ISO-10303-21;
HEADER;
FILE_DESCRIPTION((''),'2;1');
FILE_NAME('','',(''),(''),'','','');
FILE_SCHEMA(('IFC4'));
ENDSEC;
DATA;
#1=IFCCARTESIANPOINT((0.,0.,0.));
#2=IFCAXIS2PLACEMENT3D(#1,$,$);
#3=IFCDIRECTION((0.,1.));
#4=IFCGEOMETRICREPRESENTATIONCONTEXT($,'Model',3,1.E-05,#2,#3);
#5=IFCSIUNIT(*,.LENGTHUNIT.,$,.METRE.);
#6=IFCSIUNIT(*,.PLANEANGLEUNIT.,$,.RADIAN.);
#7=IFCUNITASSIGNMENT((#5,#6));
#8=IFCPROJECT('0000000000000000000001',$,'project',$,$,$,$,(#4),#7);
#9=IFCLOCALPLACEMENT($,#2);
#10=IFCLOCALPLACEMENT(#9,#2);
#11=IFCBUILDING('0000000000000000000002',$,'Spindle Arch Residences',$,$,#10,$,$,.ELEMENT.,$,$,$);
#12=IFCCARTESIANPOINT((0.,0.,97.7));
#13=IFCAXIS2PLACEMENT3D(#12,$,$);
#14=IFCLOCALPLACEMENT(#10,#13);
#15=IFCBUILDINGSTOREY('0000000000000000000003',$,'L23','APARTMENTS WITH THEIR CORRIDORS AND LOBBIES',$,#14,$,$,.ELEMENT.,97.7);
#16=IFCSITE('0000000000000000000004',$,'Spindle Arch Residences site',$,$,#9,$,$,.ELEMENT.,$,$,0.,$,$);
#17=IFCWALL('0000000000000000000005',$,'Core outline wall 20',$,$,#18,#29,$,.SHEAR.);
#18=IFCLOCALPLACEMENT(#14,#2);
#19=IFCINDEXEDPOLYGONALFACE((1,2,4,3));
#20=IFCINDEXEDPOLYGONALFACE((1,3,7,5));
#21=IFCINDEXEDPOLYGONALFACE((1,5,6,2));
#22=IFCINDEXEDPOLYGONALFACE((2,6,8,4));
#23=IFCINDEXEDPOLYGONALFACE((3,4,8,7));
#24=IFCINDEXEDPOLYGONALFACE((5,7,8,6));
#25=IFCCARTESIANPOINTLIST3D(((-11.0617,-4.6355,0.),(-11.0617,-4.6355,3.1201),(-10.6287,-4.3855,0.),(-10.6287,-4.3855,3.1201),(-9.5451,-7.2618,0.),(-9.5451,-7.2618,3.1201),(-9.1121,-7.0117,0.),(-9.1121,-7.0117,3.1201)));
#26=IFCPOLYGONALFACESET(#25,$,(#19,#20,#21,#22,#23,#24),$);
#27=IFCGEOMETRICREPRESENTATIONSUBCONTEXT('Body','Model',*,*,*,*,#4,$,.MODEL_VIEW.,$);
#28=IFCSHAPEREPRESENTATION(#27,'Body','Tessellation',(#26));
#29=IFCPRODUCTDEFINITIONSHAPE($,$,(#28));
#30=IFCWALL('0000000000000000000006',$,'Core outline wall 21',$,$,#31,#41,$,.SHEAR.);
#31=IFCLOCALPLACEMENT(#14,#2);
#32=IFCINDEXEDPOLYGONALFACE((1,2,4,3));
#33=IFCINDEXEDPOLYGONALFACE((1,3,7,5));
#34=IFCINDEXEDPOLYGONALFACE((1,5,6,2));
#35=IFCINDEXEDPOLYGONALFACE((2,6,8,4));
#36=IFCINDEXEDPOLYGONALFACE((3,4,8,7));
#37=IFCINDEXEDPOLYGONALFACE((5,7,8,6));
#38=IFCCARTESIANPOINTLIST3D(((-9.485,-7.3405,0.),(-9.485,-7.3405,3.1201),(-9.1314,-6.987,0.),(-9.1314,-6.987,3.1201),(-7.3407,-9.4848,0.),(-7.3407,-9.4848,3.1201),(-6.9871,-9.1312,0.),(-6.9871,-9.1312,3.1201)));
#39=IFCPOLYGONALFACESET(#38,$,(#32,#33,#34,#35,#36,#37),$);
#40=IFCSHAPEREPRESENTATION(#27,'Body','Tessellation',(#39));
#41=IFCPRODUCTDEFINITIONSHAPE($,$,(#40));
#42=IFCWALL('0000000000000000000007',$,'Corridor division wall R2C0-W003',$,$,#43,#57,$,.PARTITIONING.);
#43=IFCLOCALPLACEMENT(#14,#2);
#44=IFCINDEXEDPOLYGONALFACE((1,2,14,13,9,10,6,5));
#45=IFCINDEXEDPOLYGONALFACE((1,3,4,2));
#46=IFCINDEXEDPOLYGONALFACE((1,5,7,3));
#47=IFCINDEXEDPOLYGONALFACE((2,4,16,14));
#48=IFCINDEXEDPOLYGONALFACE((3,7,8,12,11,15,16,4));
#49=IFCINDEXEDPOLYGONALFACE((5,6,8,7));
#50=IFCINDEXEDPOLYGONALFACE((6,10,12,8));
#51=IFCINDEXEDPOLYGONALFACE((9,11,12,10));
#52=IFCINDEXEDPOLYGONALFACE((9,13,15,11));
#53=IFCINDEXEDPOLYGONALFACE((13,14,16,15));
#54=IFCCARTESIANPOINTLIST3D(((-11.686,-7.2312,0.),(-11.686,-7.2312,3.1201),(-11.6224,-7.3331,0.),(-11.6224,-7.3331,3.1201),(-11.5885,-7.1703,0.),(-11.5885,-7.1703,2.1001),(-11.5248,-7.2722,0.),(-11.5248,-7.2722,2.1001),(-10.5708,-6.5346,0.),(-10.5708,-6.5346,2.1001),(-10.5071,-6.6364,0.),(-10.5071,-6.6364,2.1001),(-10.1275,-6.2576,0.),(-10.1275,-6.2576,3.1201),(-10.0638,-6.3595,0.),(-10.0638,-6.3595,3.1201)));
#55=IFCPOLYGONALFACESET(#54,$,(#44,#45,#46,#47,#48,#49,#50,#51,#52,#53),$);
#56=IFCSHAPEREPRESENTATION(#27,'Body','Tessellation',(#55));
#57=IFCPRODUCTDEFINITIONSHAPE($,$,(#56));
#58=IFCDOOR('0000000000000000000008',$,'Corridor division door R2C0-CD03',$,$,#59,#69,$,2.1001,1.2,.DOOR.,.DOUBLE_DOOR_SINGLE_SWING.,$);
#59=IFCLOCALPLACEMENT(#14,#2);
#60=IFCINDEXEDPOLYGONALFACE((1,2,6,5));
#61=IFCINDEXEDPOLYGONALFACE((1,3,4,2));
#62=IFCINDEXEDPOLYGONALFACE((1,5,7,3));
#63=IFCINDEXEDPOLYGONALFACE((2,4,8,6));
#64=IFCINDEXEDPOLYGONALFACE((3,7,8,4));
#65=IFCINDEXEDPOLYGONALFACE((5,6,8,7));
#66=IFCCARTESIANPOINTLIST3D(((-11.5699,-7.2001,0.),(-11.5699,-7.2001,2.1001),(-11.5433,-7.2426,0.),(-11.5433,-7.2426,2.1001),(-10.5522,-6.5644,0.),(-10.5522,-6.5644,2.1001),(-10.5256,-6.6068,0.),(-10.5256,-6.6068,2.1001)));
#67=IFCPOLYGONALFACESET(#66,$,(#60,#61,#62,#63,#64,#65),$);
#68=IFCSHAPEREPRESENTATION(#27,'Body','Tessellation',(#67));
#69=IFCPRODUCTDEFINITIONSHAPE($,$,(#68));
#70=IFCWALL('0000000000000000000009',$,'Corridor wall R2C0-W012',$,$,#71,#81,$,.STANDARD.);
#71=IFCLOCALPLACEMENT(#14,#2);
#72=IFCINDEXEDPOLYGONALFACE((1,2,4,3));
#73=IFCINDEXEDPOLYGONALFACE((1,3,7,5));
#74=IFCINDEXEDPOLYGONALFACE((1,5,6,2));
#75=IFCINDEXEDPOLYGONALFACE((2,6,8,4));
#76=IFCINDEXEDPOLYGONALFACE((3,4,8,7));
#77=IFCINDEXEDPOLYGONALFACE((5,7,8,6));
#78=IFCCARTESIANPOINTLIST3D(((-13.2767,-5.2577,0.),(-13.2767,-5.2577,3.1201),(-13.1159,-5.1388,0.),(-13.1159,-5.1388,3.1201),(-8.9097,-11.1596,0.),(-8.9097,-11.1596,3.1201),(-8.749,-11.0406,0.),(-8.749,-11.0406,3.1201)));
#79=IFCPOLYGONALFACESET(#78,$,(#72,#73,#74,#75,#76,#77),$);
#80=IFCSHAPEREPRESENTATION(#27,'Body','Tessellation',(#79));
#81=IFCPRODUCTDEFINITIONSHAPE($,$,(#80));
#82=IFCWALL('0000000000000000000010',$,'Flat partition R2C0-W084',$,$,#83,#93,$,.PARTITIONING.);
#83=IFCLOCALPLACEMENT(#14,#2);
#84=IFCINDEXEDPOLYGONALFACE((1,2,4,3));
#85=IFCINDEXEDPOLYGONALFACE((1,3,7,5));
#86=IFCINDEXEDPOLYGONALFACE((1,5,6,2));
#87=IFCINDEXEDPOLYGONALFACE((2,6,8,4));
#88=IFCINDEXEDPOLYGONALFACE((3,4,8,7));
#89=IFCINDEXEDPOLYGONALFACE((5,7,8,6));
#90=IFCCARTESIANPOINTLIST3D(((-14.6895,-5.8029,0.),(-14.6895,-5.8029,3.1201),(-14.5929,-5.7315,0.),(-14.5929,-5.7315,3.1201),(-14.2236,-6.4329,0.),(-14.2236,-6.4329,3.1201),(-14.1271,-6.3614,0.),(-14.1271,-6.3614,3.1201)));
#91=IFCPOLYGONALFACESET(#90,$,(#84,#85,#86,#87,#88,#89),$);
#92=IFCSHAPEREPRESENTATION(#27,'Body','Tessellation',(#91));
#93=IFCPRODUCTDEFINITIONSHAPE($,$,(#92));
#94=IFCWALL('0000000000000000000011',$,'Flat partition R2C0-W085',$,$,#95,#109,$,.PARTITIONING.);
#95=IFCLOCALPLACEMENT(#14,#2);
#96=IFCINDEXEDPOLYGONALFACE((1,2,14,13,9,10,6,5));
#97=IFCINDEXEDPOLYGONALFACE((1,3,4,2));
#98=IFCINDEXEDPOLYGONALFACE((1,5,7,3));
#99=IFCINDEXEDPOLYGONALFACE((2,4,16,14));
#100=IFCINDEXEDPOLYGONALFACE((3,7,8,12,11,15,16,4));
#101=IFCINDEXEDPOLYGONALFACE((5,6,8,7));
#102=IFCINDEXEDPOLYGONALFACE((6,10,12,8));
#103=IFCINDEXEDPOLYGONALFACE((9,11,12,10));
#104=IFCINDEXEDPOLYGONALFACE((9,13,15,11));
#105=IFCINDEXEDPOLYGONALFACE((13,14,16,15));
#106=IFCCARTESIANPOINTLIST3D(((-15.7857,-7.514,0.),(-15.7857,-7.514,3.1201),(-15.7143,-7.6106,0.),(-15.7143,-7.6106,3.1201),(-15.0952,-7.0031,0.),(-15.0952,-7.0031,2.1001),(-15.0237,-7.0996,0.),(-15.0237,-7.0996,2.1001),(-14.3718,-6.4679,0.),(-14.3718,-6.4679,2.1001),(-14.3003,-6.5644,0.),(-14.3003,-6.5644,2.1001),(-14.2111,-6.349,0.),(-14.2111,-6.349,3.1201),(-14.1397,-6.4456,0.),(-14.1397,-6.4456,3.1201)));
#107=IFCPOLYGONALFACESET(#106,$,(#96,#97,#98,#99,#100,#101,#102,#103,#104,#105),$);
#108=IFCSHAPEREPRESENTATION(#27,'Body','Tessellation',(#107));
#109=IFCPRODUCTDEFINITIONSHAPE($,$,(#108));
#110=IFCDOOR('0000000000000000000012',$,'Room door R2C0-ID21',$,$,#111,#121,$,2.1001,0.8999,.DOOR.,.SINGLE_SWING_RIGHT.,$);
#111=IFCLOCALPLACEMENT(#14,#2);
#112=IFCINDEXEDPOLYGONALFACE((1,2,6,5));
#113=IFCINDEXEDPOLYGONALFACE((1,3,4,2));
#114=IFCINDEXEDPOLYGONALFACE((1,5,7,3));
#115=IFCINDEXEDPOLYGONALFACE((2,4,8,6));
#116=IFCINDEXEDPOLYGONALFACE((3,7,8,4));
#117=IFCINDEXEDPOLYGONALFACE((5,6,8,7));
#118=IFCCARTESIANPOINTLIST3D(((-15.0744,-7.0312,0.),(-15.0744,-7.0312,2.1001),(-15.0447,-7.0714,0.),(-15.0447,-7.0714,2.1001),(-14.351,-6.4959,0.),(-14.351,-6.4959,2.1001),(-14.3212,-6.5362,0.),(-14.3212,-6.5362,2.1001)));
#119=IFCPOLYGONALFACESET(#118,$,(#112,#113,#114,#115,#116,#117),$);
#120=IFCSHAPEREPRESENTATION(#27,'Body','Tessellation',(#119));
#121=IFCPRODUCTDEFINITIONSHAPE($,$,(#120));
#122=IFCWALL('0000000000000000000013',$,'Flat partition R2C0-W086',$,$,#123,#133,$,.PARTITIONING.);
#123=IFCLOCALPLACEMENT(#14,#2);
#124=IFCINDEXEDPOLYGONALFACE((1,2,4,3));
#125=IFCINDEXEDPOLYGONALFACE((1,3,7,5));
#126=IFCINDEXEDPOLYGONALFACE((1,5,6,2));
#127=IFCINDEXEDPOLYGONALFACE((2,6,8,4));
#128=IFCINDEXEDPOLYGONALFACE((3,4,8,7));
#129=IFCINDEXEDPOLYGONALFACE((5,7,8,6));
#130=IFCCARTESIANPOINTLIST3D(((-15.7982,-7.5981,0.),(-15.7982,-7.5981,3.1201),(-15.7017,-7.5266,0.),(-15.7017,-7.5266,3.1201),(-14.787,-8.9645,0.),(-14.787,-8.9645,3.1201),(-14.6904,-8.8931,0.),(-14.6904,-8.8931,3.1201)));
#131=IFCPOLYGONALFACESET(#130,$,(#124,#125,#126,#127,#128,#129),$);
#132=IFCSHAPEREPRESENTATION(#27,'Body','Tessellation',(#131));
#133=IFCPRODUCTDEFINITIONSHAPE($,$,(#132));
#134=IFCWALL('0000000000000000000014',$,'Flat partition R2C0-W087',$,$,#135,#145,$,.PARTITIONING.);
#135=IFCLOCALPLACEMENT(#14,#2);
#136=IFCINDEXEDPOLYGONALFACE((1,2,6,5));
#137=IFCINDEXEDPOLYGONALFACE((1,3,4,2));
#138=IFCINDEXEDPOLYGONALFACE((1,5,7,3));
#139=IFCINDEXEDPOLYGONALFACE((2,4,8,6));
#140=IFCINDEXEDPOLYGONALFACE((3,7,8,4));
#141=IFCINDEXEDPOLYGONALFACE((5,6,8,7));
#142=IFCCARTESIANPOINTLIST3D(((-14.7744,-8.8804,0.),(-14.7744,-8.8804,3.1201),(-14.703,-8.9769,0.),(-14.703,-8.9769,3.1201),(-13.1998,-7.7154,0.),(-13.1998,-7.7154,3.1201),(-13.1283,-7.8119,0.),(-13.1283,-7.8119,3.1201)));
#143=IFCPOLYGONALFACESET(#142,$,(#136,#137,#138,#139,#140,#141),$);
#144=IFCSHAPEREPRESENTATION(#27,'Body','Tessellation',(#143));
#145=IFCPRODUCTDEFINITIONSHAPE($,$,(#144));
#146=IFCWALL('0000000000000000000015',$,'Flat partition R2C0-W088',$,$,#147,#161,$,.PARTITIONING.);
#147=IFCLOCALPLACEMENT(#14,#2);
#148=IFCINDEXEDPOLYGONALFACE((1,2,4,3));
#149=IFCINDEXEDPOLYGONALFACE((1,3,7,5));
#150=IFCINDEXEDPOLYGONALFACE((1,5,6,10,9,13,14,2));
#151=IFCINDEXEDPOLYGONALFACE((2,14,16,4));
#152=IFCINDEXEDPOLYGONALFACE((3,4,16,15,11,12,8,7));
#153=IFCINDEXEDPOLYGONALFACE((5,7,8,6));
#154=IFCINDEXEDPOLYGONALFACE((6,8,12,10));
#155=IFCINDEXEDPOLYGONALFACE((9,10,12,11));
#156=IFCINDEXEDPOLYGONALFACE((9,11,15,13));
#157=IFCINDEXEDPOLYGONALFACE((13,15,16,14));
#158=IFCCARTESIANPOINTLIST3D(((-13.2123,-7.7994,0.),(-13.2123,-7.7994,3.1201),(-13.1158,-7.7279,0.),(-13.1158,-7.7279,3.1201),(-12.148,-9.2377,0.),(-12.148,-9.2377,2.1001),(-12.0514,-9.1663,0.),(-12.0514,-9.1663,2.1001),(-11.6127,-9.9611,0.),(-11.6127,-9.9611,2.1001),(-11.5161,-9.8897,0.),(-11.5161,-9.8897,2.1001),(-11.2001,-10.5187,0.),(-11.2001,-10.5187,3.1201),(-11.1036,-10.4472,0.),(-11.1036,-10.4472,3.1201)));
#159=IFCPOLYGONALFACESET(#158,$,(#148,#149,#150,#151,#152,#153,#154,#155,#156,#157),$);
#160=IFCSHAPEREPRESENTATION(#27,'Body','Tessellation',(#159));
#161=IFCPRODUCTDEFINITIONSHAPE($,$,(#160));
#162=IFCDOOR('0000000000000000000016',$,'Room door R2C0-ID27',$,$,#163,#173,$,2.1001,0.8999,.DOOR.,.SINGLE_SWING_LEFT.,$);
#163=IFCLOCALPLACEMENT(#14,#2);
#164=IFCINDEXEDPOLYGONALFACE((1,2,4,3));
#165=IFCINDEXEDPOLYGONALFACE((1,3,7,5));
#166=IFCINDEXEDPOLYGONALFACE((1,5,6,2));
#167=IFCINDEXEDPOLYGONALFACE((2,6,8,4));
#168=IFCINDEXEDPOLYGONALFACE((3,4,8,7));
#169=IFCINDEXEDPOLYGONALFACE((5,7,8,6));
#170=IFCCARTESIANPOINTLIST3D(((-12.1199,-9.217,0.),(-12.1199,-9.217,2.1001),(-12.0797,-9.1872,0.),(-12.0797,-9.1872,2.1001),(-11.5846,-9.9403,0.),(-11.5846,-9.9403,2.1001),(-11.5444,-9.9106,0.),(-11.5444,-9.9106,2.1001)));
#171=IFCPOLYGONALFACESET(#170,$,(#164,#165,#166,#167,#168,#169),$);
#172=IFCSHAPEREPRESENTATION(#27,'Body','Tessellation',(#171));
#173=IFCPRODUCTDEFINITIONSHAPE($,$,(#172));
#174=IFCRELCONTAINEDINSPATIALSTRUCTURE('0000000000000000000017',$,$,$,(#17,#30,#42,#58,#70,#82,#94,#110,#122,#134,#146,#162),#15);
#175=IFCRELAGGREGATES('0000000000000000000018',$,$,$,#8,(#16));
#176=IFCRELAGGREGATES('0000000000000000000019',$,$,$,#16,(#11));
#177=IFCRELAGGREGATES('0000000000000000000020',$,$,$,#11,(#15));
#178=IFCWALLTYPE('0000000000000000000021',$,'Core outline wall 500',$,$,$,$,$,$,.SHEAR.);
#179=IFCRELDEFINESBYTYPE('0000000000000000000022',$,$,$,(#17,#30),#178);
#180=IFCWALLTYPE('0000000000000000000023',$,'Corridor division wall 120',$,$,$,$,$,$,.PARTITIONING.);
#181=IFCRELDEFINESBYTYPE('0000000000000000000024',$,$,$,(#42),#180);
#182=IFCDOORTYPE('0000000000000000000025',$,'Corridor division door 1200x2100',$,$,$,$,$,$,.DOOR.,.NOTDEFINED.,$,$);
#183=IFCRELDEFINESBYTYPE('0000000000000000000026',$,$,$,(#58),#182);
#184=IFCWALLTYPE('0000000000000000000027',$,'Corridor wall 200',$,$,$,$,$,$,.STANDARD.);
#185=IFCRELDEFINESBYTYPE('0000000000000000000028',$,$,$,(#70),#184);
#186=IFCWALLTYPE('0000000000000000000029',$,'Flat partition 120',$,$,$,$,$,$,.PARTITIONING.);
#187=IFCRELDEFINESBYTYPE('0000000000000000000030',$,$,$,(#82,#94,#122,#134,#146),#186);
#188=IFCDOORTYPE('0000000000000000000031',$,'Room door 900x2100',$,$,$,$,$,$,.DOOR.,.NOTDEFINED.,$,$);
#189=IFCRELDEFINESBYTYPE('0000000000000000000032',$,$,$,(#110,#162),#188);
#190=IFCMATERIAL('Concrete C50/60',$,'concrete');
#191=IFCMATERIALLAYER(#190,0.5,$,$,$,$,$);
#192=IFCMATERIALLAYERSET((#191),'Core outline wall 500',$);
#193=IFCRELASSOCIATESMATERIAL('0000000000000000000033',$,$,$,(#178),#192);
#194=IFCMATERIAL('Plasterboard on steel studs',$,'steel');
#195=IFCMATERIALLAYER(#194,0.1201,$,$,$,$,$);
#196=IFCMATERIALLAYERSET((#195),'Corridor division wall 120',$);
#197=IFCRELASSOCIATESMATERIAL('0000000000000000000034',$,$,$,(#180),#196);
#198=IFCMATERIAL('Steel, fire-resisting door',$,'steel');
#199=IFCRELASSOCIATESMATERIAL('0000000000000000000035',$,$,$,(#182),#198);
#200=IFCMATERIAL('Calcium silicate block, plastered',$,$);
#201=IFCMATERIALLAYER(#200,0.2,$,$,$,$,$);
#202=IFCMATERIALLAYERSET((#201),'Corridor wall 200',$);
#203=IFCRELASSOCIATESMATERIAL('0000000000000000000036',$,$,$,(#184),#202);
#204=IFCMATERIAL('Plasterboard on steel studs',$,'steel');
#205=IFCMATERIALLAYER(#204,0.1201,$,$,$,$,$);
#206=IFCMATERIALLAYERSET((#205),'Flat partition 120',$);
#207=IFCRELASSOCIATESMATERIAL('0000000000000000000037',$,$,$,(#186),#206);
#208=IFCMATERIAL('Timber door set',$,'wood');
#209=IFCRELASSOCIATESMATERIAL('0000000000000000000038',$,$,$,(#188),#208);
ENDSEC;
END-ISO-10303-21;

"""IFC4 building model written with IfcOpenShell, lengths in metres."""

from ifc_helpers import new_model, si_unit, direction, frame, frame_2d, origin, place, context, subcontext, project, spatial, rectangle, extrude, material, layer, layer_set, type_object, element, fill, save


model = new_model("IFC4")

# Units and contexts
model_context = context("Model", 3, precision=1e-05, world=origin(), true_north=direction((0.0, 1.0)))
body_context = subcontext(model_context, "Body", "Model", "MODEL_VIEW")
ifc_project = project(units=[si_unit("LENGTHUNIT", "METRE"), si_unit("PLANEANGLEUNIT", "RADIAN")], contexts=[model_context])

# Site, building, storey
site_placement = place(None, origin())
site = spatial("IfcSite", under=ifc_project, at=site_placement, Name="Spindle Arch Residences site", CompositionType="ELEMENT", RefElevation=0.0)
building_placement = place(site_placement, origin())
building = spatial("IfcBuilding", under=site, at=building_placement, Name="Spindle Arch Residences", CompositionType="ELEMENT")
storey_placement = place(building_placement, frame((0.0, 0.0, 97.7)))
storey = spatial("IfcBuildingStorey", under=building, at=storey_placement, Name="L23", Description="APARTMENTS WITH THEIR CORRIDORS AND LOBBIES", CompositionType="ELEMENT", Elevation=97.7)

# Walls
ifc_material_1 = material(Name="Concrete C50/60", Category="concrete")
ifc_layer_1 = layer(ifc_material_1, 0.5)
ifc_layer_set_1 = layer_set([ifc_layer_1], Name="Core outline wall 500")
wall_type_1 = type_object("IfcWallType", Name="Core outline wall 500", PredefinedType="SHEAR", material=ifc_layer_set_1)
wall_1_placement = place(storey_placement, frame((-10.8452, -4.5105, 0.0), z_axis=(0.0, 0.0, 1.0), x_axis=(0.500087, -0.865975, 0.0)))
element("IfcWall", 1, at=wall_1_placement, inside=storey, type_object=wall_type_1, Name="Core outline wall 20", PredefinedType="SHEAR", context=body_context, shape_type="SweptSolid", body=[
    extrude(rectangle(XDim=3.0327, YDim=0.5, at=frame_2d((1.5164, 0.0))), origin(), (0.0, 0.0, 1.0), 3.1201),
])
wall_2_placement = place(storey_placement, frame((-9.3081, -7.1638, 0.0), z_axis=(0.0, 0.0, 1.0), x_axis=(0.707107, -0.707107, 0.0)))
element("IfcWall", 2, at=wall_2_placement, inside=storey, type_object=wall_type_1, Name="Core outline wall 21", PredefinedType="SHEAR", context=body_context, shape_type="SweptSolid", body=[
    extrude(rectangle(XDim=3.0325, YDim=0.5, at=frame_2d((1.5161, 0.0))), origin(), (0.0, 0.0, 1.0), 3.1201),
])

# Wall, opening, door
ifc_material_2 = material(Name="Plasterboard on steel studs", Category="steel")
ifc_layer_2 = layer(ifc_material_2, 0.1201)
ifc_layer_set_2 = layer_set([ifc_layer_2], Name="Corridor division wall 120")
wall_type_2 = type_object("IfcWallType", Name="Corridor division wall 120", PredefinedType="PARTITIONING", material=ifc_layer_set_2)
wall_3_placement = place(storey_placement, frame((-11.6543, -7.2822, 0.0), z_axis=(0.0, 0.0, 1.0), x_axis=(0.848118, 0.529808, 0.0)))
wall_3 = element("IfcWall", 3, at=wall_3_placement, inside=storey, type_object=wall_type_2, Name="Corridor division wall R2C0-W003", PredefinedType="PARTITIONING", context=body_context, shape_type="SweptSolid", body=[
    extrude(rectangle(XDim=1.8376, YDim=0.1201, at=frame_2d((0.9189, 0.0))), origin(), (0.0, 0.0, 1.0), 3.1201),
])
opening_1_placement = place(wall_3_placement, frame((0.115, 0.0, 0.0)))
opening_1 = element("IfcOpeningElement", 4, at=opening_1_placement, cuts=wall_3, PredefinedType="OPENING", context=body_context, shape_type="SweptSolid", body=[
    extrude(rectangle(XDim=1.2, YDim=2.1001, at=frame_2d((0.6001, 1.05))), frame((0.0, 0.0701, 0.0), z_axis=(0.0, -1.0, 0.0), x_axis=(1.0, 0.0, 0.0)), (0.0, 0.0, 1.0), 0.1401),
])
ifc_material_3 = material(Name="Steel, fire-resisting door", Category="steel")
door_type_1 = type_object("IfcDoorType", Name="Corridor division door 1200x2100", OperationType="NOTDEFINED", PredefinedType="DOOR", material=ifc_material_3)
door_1_placement = place(opening_1_placement, origin())
door_1 = element("IfcDoor", 5, at=door_1_placement, inside=storey, type_object=door_type_1, Name="Corridor division door R2C0-CD03", OperationType="DOUBLE_DOOR_SINGLE_SWING", OverallHeight=2.1001, OverallWidth=1.2, PredefinedType="DOOR", context=body_context, shape_type="SweptSolid", body=[
    extrude(rectangle(XDim=1.2, YDim=2.1001, at=frame_2d((0.6001, 1.05))), frame((0.0, 0.0249, 0.0), z_axis=(0.0, -1.0, 0.0), x_axis=(1.0, 0.0, 0.0)), (0.0, 0.0, 1.0), 0.05),
])
fill(opening_1, door_1)

# Walls
ifc_material_4 = material(Name="Calcium silicate block, plastered")
ifc_layer_3 = layer(ifc_material_4, 0.2)
ifc_layer_set_3 = layer_set([ifc_layer_3], Name="Corridor wall 200")
wall_type_3 = type_object("IfcWallType", Name="Corridor wall 200", PredefinedType="STANDARD", material=ifc_layer_set_3)
wall_4_placement = place(storey_placement, frame((-13.1963, -5.1982, 0.0), z_axis=(0.0, 0.0, 1.0), x_axis=(0.594805, -0.80387, 0.0)))
element("IfcWall", 6, at=wall_4_placement, inside=storey, type_object=wall_type_3, Name="Corridor wall R2C0-W012", PredefinedType="STANDARD", context=body_context, shape_type="SweptSolid", body=[
    extrude(rectangle(XDim=7.3418, YDim=0.2, at=frame_2d((3.6709, 0.0))), origin(), (0.0, 0.0, 1.0), 3.1201),
])
ifc_material_5 = material(Name="Plasterboard on steel studs", Category="steel")
ifc_layer_4 = layer(ifc_material_5, 0.1201)
ifc_layer_set_4 = layer_set([ifc_layer_4], Name="Flat partition 120")
wall_type_4 = type_object("IfcWallType", Name="Flat partition 120", PredefinedType="PARTITIONING", material=ifc_layer_set_4)
wall_5_placement = place(storey_placement, frame((-14.6411, -5.7673, 0.0), z_axis=(0.0, 0.0, 1.0), x_axis=(0.594601, -0.804021, 0.0)))
element("IfcWall", 7, at=wall_5_placement, inside=storey, type_object=wall_type_4, Name="Flat partition R2C0-W084", PredefinedType="PARTITIONING", context=body_context, shape_type="SweptSolid", body=[
    extrude(rectangle(XDim=0.7834, YDim=0.1201, at=frame_2d((0.3916, 0.0))), origin(), (0.0, 0.0, 1.0), 3.1201),
])

# Wall, opening, door
wall_6_placement = place(storey_placement, frame((-14.1753, -6.3972, 0.0), z_axis=(0.0, 0.0, 1.0), x_axis=(-0.803901, -0.594762, 0.0)))
wall_6 = element("IfcWall", 8, at=wall_6_placement, inside=storey, type_object=wall_type_4, Name="Flat partition R2C0-W085", PredefinedType="PARTITIONING", context=body_context, shape_type="SweptSolid", body=[
    extrude(rectangle(XDim=1.9587, YDim=0.1201, at=frame_2d((0.9795, 0.0))), origin(), (0.0, 0.0, 1.0), 3.1201),
])
opening_2_placement = place(wall_6_placement, frame((0.2, 0.0, 0.0)))
opening_2 = element("IfcOpeningElement", 9, at=opening_2_placement, cuts=wall_6, PredefinedType="OPENING", context=body_context, shape_type="SweptSolid", body=[
    extrude(rectangle(XDim=0.8999, YDim=2.1001, at=frame_2d((0.45, 1.05))), frame((0.0, 0.0701, 0.0), z_axis=(0.0, -1.0, 0.0), x_axis=(1.0, 0.0, 0.0)), (0.0, 0.0, 1.0), 0.1401),
])
ifc_material_6 = material(Name="Timber door set", Category="wood")
door_type_2 = type_object("IfcDoorType", Name="Room door 900x2100", OperationType="NOTDEFINED", PredefinedType="DOOR", material=ifc_material_6)
door_2_placement = place(opening_2_placement, origin())
door_2 = element("IfcDoor", 10, at=door_2_placement, inside=storey, type_object=door_type_2, Name="Room door R2C0-ID21", OperationType="SINGLE_SWING_RIGHT", OverallHeight=2.1001, OverallWidth=0.8999, PredefinedType="DOOR", context=body_context, shape_type="SweptSolid", body=[
    extrude(rectangle(XDim=0.8999, YDim=2.1001, at=frame_2d((0.45, 1.05))), frame((0.0, 0.0249, 0.0), z_axis=(0.0, -1.0, 0.0), x_axis=(1.0, 0.0, 0.0)), (0.0, 0.0, 1.0), 0.05),
])
fill(opening_2, door_2)

# Walls
wall_7_placement = place(storey_placement, frame((-15.75, -7.5623, 0.0), z_axis=(0.0, 0.0, 1.0), x_axis=(0.594863, -0.803827, 0.0)))
element("IfcWall", 11, at=wall_7_placement, inside=storey, type_object=wall_type_4, Name="Flat partition R2C0-W086", PredefinedType="PARTITIONING", context=body_context, shape_type="SweptSolid", body=[
    extrude(rectangle(XDim=1.7, YDim=0.1201, at=frame_2d((0.8501, 0.0))), origin(), (0.0, 0.0, 1.0), 3.1201),
])
wall_8_placement = place(storey_placement, frame((-14.7388, -8.9287, 0.0), z_axis=(0.0, 0.0, 1.0), x_axis=(0.803901, 0.594762, 0.0)))
element("IfcWall", 12, at=wall_8_placement, inside=storey, type_object=wall_type_4, Name="Flat partition R2C0-W087", PredefinedType="PARTITIONING", context=body_context, shape_type="SweptSolid", body=[
    extrude(rectangle(XDim=1.9587, YDim=0.1201, at=frame_2d((0.9795, 0.0))), origin(), (0.0, 0.0, 1.0), 3.1201),
])

# Wall, opening, door
wall_9_placement = place(storey_placement, frame((-13.1641, -7.7637, 0.0), z_axis=(0.0, 0.0, 1.0), x_axis=(0.594837, -0.803846, 0.0)))
wall_9 = element("IfcWall", 13, at=wall_9_placement, inside=storey, type_object=wall_type_4, Name="Flat partition R2C0-W088", PredefinedType="PARTITIONING", context=body_context, shape_type="SweptSolid", body=[
    extrude(rectangle(XDim=3.3828, YDim=0.1201, at=frame_2d((1.6914, 0.0))), origin(), (0.0, 0.0, 1.0), 3.1201),
])
opening_3_placement = place(wall_9_placement, frame((1.7893, 0.0, 0.0)))
opening_3 = element("IfcOpeningElement", 14, at=opening_3_placement, cuts=wall_9, PredefinedType="OPENING", context=body_context, shape_type="SweptSolid", body=[
    extrude(rectangle(XDim=0.8999, YDim=2.1001, at=frame_2d((0.45, 1.05))), frame((0.0, 0.0701, 0.0), z_axis=(0.0, -1.0, 0.0), x_axis=(1.0, 0.0, 0.0)), (0.0, 0.0, 1.0), 0.1401),
])
door_3_placement = place(opening_3_placement, origin())
door_3 = element("IfcDoor", 15, at=door_3_placement, inside=storey, type_object=door_type_2, Name="Room door R2C0-ID27", OperationType="SINGLE_SWING_LEFT", OverallHeight=2.1001, OverallWidth=0.8999, PredefinedType="DOOR", context=body_context, shape_type="SweptSolid", body=[
    extrude(rectangle(XDim=0.8999, YDim=2.1001, at=frame_2d((0.45, 1.05))), frame((0.0, 0.0249, 0.0), z_axis=(0.0, -1.0, 0.0), x_axis=(1.0, 0.0, 0.0)), (0.0, 0.0, 1.0), 0.05),
])
fill(opening_3, door_3)

save(model, "model.ifc")
